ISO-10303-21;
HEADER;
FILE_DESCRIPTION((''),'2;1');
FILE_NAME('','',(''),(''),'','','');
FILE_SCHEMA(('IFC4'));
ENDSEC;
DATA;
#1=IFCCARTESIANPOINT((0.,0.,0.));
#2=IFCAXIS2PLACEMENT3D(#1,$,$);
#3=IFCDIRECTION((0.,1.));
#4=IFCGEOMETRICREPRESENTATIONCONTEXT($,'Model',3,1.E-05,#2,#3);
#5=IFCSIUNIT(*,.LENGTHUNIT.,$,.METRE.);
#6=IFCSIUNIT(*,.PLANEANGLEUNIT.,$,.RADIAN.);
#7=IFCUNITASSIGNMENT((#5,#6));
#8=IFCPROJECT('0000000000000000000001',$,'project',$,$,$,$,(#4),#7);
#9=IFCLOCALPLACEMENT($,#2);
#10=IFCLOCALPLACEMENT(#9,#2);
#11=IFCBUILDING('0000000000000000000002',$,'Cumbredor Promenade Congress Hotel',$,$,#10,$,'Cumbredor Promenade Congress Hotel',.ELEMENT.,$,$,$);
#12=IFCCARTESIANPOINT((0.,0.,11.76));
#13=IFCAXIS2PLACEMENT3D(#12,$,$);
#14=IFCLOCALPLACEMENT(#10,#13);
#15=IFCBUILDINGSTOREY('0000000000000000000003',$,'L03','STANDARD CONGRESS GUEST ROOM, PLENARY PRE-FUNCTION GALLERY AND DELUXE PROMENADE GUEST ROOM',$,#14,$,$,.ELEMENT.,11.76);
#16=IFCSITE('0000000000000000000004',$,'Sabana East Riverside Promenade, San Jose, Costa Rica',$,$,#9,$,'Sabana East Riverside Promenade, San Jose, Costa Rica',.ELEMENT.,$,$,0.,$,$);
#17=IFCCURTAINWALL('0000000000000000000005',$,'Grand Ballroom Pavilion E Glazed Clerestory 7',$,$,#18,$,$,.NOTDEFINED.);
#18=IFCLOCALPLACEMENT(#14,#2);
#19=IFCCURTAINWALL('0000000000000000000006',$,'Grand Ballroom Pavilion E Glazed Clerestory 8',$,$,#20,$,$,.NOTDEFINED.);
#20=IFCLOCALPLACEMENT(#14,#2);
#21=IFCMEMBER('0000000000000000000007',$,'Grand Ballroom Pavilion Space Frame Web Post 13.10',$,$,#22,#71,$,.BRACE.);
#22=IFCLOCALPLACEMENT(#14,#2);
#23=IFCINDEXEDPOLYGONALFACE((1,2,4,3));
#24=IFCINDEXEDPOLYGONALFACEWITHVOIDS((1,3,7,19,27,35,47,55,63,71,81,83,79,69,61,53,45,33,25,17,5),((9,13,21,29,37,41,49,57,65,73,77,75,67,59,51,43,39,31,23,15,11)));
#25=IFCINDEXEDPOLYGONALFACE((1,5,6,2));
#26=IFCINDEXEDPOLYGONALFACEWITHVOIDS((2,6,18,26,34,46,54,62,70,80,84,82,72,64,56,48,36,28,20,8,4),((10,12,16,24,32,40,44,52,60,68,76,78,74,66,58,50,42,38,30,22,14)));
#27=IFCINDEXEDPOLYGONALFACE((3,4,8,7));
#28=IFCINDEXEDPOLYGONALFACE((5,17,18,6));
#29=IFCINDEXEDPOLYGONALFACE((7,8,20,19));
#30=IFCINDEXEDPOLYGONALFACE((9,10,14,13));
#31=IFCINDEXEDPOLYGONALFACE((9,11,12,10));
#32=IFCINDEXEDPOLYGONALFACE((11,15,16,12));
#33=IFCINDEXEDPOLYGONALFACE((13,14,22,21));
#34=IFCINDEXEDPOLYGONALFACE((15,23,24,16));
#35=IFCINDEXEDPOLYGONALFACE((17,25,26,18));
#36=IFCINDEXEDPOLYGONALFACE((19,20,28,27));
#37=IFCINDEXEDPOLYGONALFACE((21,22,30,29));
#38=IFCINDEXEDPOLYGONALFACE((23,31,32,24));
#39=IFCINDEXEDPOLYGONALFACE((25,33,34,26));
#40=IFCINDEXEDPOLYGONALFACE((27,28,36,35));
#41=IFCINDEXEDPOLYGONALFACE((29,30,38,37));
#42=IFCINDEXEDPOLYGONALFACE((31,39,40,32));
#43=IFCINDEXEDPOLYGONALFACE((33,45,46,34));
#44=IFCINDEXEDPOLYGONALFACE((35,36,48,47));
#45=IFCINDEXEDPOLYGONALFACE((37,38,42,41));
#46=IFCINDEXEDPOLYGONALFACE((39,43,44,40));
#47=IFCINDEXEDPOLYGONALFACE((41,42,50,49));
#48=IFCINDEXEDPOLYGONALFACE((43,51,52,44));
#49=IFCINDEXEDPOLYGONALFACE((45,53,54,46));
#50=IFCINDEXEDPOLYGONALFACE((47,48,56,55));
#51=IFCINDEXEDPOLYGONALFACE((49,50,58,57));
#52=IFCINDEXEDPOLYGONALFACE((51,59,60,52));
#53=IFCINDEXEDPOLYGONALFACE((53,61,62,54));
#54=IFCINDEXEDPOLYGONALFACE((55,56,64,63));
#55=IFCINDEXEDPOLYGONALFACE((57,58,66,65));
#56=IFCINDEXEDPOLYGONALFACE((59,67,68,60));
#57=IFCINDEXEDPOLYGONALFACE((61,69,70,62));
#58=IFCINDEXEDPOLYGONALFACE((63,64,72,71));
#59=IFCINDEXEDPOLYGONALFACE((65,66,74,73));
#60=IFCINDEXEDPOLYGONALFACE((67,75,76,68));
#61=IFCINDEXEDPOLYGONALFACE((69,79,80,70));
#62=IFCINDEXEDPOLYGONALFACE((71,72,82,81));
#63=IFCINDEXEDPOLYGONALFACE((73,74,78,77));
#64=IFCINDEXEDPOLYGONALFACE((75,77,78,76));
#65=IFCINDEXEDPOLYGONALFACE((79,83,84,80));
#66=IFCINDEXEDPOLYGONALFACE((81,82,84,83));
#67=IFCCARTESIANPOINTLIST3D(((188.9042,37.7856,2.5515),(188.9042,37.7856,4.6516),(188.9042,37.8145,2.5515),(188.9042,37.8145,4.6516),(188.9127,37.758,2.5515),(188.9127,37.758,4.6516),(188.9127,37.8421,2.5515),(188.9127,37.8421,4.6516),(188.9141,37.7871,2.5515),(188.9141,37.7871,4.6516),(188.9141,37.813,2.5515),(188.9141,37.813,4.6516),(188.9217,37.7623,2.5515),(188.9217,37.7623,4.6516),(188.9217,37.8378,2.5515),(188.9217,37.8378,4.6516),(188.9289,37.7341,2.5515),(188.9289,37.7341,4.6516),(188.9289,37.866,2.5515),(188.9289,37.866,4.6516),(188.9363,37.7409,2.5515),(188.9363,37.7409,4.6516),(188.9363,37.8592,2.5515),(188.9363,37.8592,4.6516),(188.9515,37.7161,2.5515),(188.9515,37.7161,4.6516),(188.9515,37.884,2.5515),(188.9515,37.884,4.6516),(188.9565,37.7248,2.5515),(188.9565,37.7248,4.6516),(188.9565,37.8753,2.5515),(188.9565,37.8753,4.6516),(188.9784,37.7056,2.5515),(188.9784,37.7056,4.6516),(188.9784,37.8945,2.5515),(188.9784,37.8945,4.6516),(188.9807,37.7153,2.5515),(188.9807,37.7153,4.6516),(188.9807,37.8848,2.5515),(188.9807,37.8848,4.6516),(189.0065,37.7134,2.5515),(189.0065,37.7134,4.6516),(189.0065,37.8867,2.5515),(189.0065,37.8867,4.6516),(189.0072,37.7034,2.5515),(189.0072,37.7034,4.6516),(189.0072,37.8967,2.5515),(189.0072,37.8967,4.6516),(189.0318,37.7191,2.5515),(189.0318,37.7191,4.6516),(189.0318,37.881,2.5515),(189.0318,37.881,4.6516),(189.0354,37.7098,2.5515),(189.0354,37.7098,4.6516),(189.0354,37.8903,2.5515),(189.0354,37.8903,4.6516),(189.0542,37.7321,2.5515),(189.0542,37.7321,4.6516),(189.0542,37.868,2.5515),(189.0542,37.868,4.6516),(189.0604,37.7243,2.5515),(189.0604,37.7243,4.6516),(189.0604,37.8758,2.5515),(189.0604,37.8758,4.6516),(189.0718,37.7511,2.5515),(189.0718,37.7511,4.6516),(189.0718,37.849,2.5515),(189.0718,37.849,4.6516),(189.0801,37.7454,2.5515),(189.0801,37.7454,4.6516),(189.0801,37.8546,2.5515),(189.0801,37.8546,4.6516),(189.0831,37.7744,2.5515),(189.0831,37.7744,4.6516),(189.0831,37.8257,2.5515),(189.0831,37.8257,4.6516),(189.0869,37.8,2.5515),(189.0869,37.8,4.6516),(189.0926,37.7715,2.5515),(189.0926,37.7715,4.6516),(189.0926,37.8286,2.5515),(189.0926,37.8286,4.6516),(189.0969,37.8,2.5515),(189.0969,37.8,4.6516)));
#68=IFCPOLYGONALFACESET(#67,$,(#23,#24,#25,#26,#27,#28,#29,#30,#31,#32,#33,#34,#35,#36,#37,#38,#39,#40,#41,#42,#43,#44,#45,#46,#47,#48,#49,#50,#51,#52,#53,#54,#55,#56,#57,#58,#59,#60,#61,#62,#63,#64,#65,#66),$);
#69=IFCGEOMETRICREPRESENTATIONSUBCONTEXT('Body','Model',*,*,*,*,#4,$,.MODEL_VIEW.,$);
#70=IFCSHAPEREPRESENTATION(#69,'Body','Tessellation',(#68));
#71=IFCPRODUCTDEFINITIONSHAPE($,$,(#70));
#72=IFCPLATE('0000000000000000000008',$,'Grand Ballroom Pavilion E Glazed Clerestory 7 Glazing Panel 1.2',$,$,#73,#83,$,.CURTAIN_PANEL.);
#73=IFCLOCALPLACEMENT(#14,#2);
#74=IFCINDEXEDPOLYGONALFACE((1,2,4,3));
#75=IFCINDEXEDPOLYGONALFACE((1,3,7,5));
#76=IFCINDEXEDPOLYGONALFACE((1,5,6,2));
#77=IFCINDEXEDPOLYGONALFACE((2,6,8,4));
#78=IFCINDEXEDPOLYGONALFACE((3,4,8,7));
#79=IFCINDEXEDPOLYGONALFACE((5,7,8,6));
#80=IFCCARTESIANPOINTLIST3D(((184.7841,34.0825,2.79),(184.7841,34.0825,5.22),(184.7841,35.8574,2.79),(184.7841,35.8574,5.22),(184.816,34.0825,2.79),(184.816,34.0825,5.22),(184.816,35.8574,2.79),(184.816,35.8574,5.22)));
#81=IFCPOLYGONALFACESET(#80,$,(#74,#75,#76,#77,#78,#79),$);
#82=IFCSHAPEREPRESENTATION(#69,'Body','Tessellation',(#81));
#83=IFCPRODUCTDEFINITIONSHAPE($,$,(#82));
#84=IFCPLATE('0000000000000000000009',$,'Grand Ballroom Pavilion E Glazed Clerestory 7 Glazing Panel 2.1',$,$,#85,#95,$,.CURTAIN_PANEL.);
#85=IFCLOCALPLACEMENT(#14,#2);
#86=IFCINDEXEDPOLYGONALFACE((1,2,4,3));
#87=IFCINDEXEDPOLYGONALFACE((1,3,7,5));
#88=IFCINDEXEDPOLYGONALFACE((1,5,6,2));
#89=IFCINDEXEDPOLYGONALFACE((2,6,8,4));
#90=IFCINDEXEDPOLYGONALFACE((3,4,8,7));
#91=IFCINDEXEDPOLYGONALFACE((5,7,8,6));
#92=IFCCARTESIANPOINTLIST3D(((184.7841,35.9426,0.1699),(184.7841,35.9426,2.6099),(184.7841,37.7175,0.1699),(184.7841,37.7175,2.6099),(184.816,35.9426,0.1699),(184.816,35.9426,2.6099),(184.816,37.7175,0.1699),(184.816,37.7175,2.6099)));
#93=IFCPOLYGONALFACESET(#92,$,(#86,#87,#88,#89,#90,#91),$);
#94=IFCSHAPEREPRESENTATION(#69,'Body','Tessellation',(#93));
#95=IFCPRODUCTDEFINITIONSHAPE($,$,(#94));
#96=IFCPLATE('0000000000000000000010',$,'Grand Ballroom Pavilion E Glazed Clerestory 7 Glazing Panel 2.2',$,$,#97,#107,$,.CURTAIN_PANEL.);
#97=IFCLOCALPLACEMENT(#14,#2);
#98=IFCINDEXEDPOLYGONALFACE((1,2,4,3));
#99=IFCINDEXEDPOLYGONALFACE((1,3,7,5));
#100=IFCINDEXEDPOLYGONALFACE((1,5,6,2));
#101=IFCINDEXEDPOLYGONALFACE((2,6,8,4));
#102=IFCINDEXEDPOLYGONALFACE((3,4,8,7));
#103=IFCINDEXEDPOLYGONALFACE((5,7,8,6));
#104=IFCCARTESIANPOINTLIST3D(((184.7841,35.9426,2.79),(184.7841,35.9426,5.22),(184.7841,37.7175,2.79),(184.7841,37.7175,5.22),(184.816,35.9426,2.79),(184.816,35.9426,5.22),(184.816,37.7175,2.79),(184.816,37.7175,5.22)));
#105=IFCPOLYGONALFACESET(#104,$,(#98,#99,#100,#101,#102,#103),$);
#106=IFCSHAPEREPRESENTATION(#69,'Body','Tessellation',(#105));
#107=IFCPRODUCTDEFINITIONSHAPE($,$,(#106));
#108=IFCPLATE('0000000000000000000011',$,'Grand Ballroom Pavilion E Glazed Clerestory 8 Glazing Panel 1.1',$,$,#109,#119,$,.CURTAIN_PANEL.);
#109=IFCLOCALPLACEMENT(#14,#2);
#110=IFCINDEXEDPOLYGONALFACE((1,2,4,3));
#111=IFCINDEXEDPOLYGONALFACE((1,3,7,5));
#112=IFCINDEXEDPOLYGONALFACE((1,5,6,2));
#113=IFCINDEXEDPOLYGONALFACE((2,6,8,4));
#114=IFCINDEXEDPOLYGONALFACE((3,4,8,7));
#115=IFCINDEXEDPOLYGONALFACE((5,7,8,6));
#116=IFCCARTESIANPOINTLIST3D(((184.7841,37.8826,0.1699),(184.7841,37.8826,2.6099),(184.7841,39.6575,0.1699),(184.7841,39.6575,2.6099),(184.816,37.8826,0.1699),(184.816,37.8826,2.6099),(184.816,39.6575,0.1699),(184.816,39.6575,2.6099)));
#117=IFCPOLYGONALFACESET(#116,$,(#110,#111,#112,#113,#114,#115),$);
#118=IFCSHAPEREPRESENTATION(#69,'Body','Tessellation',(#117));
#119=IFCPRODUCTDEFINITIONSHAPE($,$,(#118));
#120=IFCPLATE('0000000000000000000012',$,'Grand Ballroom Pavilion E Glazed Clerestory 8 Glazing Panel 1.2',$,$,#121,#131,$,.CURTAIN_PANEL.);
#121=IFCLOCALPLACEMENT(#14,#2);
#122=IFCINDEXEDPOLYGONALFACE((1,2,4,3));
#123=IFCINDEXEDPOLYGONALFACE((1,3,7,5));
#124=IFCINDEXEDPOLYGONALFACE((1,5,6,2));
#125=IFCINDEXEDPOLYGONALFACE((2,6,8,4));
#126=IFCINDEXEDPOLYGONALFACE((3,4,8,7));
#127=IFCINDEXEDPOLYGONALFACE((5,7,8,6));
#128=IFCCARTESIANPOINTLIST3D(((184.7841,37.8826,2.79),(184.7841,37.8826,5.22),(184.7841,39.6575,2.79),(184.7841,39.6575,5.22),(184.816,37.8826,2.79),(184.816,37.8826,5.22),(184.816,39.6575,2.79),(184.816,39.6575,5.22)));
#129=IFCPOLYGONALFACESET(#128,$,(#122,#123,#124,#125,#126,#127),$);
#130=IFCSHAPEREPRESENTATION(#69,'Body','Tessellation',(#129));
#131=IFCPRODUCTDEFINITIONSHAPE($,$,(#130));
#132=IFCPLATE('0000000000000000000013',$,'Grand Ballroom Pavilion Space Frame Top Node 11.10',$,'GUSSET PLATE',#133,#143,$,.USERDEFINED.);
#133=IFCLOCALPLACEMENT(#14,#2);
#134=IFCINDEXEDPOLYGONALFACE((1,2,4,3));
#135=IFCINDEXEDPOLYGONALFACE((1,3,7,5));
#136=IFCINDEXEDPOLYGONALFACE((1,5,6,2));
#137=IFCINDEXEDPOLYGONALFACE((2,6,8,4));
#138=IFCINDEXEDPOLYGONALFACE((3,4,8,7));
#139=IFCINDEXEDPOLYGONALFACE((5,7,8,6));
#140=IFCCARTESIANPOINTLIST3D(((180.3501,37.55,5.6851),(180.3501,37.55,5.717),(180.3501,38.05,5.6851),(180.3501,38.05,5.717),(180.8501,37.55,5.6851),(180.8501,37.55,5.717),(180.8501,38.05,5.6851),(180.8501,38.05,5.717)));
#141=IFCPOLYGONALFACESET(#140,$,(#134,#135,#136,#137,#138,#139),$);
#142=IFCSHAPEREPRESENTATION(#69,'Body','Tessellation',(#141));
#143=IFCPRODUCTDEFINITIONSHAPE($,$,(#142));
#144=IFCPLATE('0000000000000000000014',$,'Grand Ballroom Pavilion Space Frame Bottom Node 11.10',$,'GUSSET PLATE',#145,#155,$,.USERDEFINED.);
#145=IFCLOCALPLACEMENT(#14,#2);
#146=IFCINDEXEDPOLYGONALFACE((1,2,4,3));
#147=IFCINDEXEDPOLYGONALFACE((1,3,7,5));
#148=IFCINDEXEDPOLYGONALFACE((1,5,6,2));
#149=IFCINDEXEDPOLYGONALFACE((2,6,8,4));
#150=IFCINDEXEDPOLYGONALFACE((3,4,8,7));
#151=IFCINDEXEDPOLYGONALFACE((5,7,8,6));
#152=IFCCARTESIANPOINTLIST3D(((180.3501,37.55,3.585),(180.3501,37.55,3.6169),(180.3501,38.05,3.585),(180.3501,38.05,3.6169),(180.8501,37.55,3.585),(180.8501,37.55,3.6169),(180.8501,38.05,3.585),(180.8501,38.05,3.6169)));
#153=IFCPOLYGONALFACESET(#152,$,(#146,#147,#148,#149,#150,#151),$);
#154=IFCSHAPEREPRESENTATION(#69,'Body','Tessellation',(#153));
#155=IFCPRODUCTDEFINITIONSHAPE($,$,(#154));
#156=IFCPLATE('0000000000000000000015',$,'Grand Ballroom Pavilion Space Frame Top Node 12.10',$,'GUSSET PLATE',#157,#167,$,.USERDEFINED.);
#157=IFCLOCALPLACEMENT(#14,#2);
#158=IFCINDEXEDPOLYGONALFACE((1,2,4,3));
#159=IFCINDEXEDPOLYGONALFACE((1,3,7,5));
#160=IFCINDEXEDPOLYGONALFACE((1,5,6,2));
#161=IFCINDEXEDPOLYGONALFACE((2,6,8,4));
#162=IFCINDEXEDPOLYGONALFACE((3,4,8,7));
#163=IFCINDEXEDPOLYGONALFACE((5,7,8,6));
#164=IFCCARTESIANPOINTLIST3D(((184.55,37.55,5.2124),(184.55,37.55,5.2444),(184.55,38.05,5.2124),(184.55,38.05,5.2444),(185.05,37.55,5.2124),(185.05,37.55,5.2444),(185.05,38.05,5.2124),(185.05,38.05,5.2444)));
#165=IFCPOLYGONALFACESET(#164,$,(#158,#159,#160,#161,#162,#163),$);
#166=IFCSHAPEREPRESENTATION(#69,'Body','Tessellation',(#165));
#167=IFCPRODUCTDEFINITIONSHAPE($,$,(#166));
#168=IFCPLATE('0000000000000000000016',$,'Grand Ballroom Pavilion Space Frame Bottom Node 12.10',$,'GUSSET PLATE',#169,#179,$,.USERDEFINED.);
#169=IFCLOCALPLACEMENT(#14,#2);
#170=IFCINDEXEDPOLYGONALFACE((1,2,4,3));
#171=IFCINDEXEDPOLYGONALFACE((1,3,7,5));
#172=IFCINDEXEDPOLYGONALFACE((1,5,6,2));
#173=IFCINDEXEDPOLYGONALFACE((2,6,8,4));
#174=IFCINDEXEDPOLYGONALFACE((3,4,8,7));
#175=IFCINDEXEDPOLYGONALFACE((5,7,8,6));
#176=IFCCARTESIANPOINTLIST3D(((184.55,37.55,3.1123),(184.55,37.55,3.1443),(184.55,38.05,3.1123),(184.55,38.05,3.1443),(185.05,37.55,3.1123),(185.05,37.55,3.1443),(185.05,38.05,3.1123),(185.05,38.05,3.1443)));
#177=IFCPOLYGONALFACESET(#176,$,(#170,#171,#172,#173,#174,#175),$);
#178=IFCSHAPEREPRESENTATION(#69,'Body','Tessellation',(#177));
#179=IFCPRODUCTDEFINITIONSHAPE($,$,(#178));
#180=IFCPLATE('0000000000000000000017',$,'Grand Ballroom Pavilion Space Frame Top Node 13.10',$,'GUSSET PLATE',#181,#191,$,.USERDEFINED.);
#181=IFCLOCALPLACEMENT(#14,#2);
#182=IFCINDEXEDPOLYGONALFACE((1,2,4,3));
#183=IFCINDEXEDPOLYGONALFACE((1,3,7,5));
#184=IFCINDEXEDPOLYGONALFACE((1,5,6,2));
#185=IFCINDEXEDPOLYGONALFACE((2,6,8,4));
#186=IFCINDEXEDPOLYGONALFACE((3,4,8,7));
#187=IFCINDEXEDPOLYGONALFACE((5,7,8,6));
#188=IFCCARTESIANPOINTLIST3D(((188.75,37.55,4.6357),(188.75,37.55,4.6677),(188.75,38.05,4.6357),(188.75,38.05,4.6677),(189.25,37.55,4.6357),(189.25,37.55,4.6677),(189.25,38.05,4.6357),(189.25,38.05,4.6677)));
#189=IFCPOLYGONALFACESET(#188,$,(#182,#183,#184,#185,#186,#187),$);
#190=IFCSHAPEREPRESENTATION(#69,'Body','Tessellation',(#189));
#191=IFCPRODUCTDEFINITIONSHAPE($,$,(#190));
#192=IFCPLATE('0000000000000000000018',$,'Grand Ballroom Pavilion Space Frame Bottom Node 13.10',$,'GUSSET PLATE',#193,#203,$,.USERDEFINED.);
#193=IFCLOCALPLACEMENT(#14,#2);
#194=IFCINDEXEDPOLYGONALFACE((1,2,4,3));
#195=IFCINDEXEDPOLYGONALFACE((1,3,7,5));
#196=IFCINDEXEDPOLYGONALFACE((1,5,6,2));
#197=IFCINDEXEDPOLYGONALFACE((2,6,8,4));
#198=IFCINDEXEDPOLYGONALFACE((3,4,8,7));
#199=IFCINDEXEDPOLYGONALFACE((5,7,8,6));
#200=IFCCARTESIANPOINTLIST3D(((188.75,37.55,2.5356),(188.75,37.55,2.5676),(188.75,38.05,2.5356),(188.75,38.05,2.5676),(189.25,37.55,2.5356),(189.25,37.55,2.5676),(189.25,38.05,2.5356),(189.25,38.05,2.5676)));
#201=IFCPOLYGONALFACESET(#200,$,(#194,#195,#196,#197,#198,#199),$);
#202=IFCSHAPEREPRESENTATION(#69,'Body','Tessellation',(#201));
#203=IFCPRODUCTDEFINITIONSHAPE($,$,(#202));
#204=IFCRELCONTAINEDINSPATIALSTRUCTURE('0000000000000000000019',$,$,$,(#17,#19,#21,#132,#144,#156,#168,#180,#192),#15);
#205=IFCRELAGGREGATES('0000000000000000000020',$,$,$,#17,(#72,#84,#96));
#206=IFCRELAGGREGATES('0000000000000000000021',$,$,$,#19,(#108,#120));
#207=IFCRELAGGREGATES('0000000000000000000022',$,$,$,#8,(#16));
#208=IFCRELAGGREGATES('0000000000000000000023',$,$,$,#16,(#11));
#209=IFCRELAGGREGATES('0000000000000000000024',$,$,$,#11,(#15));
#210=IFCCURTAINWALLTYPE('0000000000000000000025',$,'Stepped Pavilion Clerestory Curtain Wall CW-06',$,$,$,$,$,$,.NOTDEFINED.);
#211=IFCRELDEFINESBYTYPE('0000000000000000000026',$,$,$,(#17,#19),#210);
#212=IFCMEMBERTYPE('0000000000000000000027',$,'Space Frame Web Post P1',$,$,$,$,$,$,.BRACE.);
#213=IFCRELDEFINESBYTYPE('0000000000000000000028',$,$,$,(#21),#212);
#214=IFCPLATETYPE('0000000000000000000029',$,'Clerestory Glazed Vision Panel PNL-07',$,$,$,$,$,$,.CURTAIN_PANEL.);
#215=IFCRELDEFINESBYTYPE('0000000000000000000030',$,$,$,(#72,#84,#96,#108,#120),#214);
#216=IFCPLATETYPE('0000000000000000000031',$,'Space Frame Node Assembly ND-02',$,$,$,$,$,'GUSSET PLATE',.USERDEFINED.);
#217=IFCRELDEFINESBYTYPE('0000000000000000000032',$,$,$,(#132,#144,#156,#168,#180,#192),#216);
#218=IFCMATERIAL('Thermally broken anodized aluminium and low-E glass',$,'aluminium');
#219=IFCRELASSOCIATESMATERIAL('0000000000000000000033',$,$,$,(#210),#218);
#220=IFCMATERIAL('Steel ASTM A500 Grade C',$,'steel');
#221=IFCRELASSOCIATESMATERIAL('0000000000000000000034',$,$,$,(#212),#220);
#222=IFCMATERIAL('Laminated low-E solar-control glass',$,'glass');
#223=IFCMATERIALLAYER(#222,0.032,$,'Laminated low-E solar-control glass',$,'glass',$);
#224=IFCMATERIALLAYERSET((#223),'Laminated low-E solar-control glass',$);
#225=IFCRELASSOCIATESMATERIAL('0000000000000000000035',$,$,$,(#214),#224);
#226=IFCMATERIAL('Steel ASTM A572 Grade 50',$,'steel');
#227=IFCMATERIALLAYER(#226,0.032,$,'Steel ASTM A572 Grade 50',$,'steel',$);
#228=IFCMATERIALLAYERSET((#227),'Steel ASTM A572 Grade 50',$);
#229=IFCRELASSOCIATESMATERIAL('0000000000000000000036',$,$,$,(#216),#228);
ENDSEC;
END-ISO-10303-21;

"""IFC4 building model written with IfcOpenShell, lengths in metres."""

from ifc_helpers import new_model, si_unit, direction, frame, origin, origin_2d, place, context, subcontext, project, spatial, rectangle, hollow_circle, extrude, material, layer, layer_set, material_profile, profile_set, type_object, element, aggregate, save


model = new_model("IFC4")

# Units and contexts
model_context = context("Model", 3, precision=1e-05, world=origin(), true_north=direction((0.0, 1.0)))
body_context = subcontext(model_context, "Body", "Model", "MODEL_VIEW")
ifc_project = project(units=[si_unit("LENGTHUNIT", "METRE"), si_unit("PLANEANGLEUNIT", "RADIAN")], contexts=[model_context])

# Site, building, storey
site_placement = place(None, origin())
site = spatial("IfcSite", under=ifc_project, at=site_placement, Name="Sabana East Riverside Promenade, San Jose, Costa Rica", LongName="Sabana East Riverside Promenade, San Jose, Costa Rica", CompositionType="ELEMENT", RefElevation=0.0)
building_placement = place(site_placement, origin())
building = spatial("IfcBuilding", under=site, at=building_placement, Name="Cumbredor Promenade Congress Hotel", LongName="Cumbredor Promenade Congress Hotel", CompositionType="ELEMENT")
storey_placement = place(building_placement, frame((0.0, 0.0, 11.76)))
storey = spatial("IfcBuildingStorey", under=building, at=storey_placement, Name="L03", Description="STANDARD CONGRESS GUEST ROOM, PLENARY PRE-FUNCTION GALLERY AND DELUXE PROMENADE GUEST ROOM", CompositionType="ELEMENT", Elevation=11.76)

# Shared definitions
ifc_material_1 = material(Name="Steel ASTM A500 Grade C", Category="steel")

# Curtain walls
ifc_material_2 = material(Name="Thermally broken anodized aluminium and low-E glass", Category="aluminium")
curtain_wall_type = type_object("IfcCurtainWallType", Name="Stepped Pavilion Clerestory Curtain Wall CW-06", PredefinedType="NOTDEFINED", material=ifc_material_2)
curtain_wall_1_placement = place(storey_placement, origin())
curtain_wall_1 = element("IfcCurtainWall", 1, at=curtain_wall_1_placement, inside=storey, type_object=curtain_wall_type, Name="Grand Ballroom Pavilion E Glazed Clerestory 7", PredefinedType="NOTDEFINED")
curtain_wall_2_placement = place(storey_placement, origin())
curtain_wall_2 = element("IfcCurtainWall", 2, at=curtain_wall_2_placement, inside=storey, type_object=curtain_wall_type, Name="Grand Ballroom Pavilion E Glazed Clerestory 8", PredefinedType="NOTDEFINED")

# Member
ifc_material_profile_1 = material_profile(ifc_material_1, hollow_circle(Radius=0.0969, WallThickness=0.01, at=origin_2d()), Name="CHS 193.7x10")
ifc_profile_set_1 = profile_set([ifc_material_profile_1], Name="Steel ASTM A500 Grade C")
member_type_1 = type_object("IfcMemberType", Name="Space Frame Web Post P1", PredefinedType="BRACE", material=ifc_profile_set_1)
for number, where, z_axis, x_axis, name in (
    (3, (189.0, 37.8, 2.5515), (0.0, 0.0, 1.0), (1.0, 0.0, 0.0), "Grand Ballroom Pavilion Space Frame Web Post 13.10"),
):
    element("IfcMember", number, at=place(storey_placement, frame(where, z_axis=z_axis, x_axis=x_axis)), inside=storey, type_object=member_type_1, Name=name, PredefinedType="BRACE", context=body_context, shape_type="SweptSolid", body=[
        extrude(hollow_circle(Radius=0.0969, WallThickness=0.01, at=origin_2d()), origin(), (0.0, 0.0, 1.0), 2.1001),
    ])

# Plates
ifc_material_3 = material(Name="Laminated low-E solar-control glass", Category="glass")
ifc_layer_1 = layer(ifc_material_3, 0.032, Name="Laminated low-E solar-control glass", Category="glass")
ifc_layer_set_1 = layer_set([ifc_layer_1], Name="Laminated low-E solar-control glass")
plate_type_1 = type_object("IfcPlateType", Name="Clerestory Glazed Vision Panel PNL-07", PredefinedType="CURTAIN_PANEL", material=ifc_layer_set_1)
plate_1_placement = place(storey_placement, frame((184.8, 34.97, 2.79), z_axis=(0.0, 0.0, 1.0), x_axis=(0.0, 1.0, 0.0)))
plate_1 = element("IfcPlate", 4, at=plate_1_placement, type_object=plate_type_1, Name="Grand Ballroom Pavilion E Glazed Clerestory 7 Glazing Panel 1.2", PredefinedType="CURTAIN_PANEL", context=body_context, shape_type="SweptSolid", body=[
    extrude(rectangle(XDim=1.7749, YDim=0.032, at=origin_2d()), origin(), (0.0, 0.0, 1.0), 2.4299),
])
plate_2_placement = place(storey_placement, frame((184.8, 36.8301, 0.1699), z_axis=(0.0, 0.0, 1.0), x_axis=(0.0, 1.0, 0.0)))
plate_2 = element("IfcPlate", 5, at=plate_2_placement, type_object=plate_type_1, Name="Grand Ballroom Pavilion E Glazed Clerestory 7 Glazing Panel 2.1", PredefinedType="CURTAIN_PANEL", context=body_context, shape_type="SweptSolid", body=[
    extrude(rectangle(XDim=1.7749, YDim=0.032, at=origin_2d()), origin(), (0.0, 0.0, 1.0), 2.4399),
])
plate_3_placement = place(storey_placement, frame((184.8, 36.8301, 2.79), z_axis=(0.0, 0.0, 1.0), x_axis=(0.0, 1.0, 0.0)))
plate_3 = element("IfcPlate", 6, at=plate_3_placement, type_object=plate_type_1, Name="Grand Ballroom Pavilion E Glazed Clerestory 7 Glazing Panel 2.2", PredefinedType="CURTAIN_PANEL", context=body_context, shape_type="SweptSolid", body=[
    extrude(rectangle(XDim=1.7749, YDim=0.032, at=origin_2d()), origin(), (0.0, 0.0, 1.0), 2.4299),
])
aggregate(curtain_wall_1, [plate_1, plate_2, plate_3])
plate_4_placement = place(storey_placement, frame((184.8, 38.77, 0.1699), z_axis=(0.0, 0.0, 1.0), x_axis=(0.0, 1.0, 0.0)))
plate_4 = element("IfcPlate", 7, at=plate_4_placement, type_object=plate_type_1, Name="Grand Ballroom Pavilion E Glazed Clerestory 8 Glazing Panel 1.1", PredefinedType="CURTAIN_PANEL", context=body_context, shape_type="SweptSolid", body=[
    extrude(rectangle(XDim=1.7749, YDim=0.032, at=origin_2d()), origin(), (0.0, 0.0, 1.0), 2.4399),
])
plate_5_placement = place(storey_placement, frame((184.8, 38.77, 2.79), z_axis=(0.0, 0.0, 1.0), x_axis=(0.0, 1.0, 0.0)))
plate_5 = element("IfcPlate", 8, at=plate_5_placement, type_object=plate_type_1, Name="Grand Ballroom Pavilion E Glazed Clerestory 8 Glazing Panel 1.2", PredefinedType="CURTAIN_PANEL", context=body_context, shape_type="SweptSolid", body=[
    extrude(rectangle(XDim=1.7749, YDim=0.032, at=origin_2d()), origin(), (0.0, 0.0, 1.0), 2.4299),
])
aggregate(curtain_wall_2, [plate_4, plate_5])

# Plates
ifc_material_4 = material(Name="Steel ASTM A572 Grade 50", Category="steel")
ifc_layer_2 = layer(ifc_material_4, 0.032, Name="Steel ASTM A572 Grade 50", Category="steel")
ifc_layer_set_2 = layer_set([ifc_layer_2], Name="Steel ASTM A572 Grade 50")
plate_type_2 = type_object("IfcPlateType", Name="Space Frame Node Assembly ND-02", ElementType="GUSSET PLATE", PredefinedType="USERDEFINED", material=ifc_layer_set_2)
for number, where, z_axis, x_axis, name in (
    (9, (180.6001, 37.8, 5.6851), (0.0, 0.0, 1.0), (1.0, 0.0, 0.0), "Grand Ballroom Pavilion Space Frame Top Node 11.10"),
    (10, (180.6001, 37.8, 3.585), (0.0, 0.0, 1.0), (1.0, 0.0, 0.0), "Grand Ballroom Pavilion Space Frame Bottom Node 11.10"),
    (11, (184.8, 37.8, 5.2124), (0.0, 0.0, 1.0), (1.0, 0.0, 0.0), "Grand Ballroom Pavilion Space Frame Top Node 12.10"),
    (12, (184.8, 37.8, 3.1123), (0.0, 0.0, 1.0), (1.0, 0.0, 0.0), "Grand Ballroom Pavilion Space Frame Bottom Node 12.10"),
    (13, (189.0, 37.8, 4.6357), (0.0, 0.0, 1.0), (1.0, 0.0, 0.0), "Grand Ballroom Pavilion Space Frame Top Node 13.10"),
    (14, (189.0, 37.8, 2.5356), (0.0, 0.0, 1.0), (1.0, 0.0, 0.0), "Grand Ballroom Pavilion Space Frame Bottom Node 13.10"),
):
    element("IfcPlate", number, at=place(storey_placement, frame(where, z_axis=z_axis, x_axis=x_axis)), inside=storey, type_object=plate_type_2, Name=name, ObjectType="GUSSET PLATE", PredefinedType="USERDEFINED", context=body_context, shape_type="SweptSolid", body=[
        extrude(rectangle(XDim=0.5, YDim=0.5, at=origin_2d()), origin(), (0.0, 0.0, 1.0), 0.032),
    ])

save(model, "model.ifc")
